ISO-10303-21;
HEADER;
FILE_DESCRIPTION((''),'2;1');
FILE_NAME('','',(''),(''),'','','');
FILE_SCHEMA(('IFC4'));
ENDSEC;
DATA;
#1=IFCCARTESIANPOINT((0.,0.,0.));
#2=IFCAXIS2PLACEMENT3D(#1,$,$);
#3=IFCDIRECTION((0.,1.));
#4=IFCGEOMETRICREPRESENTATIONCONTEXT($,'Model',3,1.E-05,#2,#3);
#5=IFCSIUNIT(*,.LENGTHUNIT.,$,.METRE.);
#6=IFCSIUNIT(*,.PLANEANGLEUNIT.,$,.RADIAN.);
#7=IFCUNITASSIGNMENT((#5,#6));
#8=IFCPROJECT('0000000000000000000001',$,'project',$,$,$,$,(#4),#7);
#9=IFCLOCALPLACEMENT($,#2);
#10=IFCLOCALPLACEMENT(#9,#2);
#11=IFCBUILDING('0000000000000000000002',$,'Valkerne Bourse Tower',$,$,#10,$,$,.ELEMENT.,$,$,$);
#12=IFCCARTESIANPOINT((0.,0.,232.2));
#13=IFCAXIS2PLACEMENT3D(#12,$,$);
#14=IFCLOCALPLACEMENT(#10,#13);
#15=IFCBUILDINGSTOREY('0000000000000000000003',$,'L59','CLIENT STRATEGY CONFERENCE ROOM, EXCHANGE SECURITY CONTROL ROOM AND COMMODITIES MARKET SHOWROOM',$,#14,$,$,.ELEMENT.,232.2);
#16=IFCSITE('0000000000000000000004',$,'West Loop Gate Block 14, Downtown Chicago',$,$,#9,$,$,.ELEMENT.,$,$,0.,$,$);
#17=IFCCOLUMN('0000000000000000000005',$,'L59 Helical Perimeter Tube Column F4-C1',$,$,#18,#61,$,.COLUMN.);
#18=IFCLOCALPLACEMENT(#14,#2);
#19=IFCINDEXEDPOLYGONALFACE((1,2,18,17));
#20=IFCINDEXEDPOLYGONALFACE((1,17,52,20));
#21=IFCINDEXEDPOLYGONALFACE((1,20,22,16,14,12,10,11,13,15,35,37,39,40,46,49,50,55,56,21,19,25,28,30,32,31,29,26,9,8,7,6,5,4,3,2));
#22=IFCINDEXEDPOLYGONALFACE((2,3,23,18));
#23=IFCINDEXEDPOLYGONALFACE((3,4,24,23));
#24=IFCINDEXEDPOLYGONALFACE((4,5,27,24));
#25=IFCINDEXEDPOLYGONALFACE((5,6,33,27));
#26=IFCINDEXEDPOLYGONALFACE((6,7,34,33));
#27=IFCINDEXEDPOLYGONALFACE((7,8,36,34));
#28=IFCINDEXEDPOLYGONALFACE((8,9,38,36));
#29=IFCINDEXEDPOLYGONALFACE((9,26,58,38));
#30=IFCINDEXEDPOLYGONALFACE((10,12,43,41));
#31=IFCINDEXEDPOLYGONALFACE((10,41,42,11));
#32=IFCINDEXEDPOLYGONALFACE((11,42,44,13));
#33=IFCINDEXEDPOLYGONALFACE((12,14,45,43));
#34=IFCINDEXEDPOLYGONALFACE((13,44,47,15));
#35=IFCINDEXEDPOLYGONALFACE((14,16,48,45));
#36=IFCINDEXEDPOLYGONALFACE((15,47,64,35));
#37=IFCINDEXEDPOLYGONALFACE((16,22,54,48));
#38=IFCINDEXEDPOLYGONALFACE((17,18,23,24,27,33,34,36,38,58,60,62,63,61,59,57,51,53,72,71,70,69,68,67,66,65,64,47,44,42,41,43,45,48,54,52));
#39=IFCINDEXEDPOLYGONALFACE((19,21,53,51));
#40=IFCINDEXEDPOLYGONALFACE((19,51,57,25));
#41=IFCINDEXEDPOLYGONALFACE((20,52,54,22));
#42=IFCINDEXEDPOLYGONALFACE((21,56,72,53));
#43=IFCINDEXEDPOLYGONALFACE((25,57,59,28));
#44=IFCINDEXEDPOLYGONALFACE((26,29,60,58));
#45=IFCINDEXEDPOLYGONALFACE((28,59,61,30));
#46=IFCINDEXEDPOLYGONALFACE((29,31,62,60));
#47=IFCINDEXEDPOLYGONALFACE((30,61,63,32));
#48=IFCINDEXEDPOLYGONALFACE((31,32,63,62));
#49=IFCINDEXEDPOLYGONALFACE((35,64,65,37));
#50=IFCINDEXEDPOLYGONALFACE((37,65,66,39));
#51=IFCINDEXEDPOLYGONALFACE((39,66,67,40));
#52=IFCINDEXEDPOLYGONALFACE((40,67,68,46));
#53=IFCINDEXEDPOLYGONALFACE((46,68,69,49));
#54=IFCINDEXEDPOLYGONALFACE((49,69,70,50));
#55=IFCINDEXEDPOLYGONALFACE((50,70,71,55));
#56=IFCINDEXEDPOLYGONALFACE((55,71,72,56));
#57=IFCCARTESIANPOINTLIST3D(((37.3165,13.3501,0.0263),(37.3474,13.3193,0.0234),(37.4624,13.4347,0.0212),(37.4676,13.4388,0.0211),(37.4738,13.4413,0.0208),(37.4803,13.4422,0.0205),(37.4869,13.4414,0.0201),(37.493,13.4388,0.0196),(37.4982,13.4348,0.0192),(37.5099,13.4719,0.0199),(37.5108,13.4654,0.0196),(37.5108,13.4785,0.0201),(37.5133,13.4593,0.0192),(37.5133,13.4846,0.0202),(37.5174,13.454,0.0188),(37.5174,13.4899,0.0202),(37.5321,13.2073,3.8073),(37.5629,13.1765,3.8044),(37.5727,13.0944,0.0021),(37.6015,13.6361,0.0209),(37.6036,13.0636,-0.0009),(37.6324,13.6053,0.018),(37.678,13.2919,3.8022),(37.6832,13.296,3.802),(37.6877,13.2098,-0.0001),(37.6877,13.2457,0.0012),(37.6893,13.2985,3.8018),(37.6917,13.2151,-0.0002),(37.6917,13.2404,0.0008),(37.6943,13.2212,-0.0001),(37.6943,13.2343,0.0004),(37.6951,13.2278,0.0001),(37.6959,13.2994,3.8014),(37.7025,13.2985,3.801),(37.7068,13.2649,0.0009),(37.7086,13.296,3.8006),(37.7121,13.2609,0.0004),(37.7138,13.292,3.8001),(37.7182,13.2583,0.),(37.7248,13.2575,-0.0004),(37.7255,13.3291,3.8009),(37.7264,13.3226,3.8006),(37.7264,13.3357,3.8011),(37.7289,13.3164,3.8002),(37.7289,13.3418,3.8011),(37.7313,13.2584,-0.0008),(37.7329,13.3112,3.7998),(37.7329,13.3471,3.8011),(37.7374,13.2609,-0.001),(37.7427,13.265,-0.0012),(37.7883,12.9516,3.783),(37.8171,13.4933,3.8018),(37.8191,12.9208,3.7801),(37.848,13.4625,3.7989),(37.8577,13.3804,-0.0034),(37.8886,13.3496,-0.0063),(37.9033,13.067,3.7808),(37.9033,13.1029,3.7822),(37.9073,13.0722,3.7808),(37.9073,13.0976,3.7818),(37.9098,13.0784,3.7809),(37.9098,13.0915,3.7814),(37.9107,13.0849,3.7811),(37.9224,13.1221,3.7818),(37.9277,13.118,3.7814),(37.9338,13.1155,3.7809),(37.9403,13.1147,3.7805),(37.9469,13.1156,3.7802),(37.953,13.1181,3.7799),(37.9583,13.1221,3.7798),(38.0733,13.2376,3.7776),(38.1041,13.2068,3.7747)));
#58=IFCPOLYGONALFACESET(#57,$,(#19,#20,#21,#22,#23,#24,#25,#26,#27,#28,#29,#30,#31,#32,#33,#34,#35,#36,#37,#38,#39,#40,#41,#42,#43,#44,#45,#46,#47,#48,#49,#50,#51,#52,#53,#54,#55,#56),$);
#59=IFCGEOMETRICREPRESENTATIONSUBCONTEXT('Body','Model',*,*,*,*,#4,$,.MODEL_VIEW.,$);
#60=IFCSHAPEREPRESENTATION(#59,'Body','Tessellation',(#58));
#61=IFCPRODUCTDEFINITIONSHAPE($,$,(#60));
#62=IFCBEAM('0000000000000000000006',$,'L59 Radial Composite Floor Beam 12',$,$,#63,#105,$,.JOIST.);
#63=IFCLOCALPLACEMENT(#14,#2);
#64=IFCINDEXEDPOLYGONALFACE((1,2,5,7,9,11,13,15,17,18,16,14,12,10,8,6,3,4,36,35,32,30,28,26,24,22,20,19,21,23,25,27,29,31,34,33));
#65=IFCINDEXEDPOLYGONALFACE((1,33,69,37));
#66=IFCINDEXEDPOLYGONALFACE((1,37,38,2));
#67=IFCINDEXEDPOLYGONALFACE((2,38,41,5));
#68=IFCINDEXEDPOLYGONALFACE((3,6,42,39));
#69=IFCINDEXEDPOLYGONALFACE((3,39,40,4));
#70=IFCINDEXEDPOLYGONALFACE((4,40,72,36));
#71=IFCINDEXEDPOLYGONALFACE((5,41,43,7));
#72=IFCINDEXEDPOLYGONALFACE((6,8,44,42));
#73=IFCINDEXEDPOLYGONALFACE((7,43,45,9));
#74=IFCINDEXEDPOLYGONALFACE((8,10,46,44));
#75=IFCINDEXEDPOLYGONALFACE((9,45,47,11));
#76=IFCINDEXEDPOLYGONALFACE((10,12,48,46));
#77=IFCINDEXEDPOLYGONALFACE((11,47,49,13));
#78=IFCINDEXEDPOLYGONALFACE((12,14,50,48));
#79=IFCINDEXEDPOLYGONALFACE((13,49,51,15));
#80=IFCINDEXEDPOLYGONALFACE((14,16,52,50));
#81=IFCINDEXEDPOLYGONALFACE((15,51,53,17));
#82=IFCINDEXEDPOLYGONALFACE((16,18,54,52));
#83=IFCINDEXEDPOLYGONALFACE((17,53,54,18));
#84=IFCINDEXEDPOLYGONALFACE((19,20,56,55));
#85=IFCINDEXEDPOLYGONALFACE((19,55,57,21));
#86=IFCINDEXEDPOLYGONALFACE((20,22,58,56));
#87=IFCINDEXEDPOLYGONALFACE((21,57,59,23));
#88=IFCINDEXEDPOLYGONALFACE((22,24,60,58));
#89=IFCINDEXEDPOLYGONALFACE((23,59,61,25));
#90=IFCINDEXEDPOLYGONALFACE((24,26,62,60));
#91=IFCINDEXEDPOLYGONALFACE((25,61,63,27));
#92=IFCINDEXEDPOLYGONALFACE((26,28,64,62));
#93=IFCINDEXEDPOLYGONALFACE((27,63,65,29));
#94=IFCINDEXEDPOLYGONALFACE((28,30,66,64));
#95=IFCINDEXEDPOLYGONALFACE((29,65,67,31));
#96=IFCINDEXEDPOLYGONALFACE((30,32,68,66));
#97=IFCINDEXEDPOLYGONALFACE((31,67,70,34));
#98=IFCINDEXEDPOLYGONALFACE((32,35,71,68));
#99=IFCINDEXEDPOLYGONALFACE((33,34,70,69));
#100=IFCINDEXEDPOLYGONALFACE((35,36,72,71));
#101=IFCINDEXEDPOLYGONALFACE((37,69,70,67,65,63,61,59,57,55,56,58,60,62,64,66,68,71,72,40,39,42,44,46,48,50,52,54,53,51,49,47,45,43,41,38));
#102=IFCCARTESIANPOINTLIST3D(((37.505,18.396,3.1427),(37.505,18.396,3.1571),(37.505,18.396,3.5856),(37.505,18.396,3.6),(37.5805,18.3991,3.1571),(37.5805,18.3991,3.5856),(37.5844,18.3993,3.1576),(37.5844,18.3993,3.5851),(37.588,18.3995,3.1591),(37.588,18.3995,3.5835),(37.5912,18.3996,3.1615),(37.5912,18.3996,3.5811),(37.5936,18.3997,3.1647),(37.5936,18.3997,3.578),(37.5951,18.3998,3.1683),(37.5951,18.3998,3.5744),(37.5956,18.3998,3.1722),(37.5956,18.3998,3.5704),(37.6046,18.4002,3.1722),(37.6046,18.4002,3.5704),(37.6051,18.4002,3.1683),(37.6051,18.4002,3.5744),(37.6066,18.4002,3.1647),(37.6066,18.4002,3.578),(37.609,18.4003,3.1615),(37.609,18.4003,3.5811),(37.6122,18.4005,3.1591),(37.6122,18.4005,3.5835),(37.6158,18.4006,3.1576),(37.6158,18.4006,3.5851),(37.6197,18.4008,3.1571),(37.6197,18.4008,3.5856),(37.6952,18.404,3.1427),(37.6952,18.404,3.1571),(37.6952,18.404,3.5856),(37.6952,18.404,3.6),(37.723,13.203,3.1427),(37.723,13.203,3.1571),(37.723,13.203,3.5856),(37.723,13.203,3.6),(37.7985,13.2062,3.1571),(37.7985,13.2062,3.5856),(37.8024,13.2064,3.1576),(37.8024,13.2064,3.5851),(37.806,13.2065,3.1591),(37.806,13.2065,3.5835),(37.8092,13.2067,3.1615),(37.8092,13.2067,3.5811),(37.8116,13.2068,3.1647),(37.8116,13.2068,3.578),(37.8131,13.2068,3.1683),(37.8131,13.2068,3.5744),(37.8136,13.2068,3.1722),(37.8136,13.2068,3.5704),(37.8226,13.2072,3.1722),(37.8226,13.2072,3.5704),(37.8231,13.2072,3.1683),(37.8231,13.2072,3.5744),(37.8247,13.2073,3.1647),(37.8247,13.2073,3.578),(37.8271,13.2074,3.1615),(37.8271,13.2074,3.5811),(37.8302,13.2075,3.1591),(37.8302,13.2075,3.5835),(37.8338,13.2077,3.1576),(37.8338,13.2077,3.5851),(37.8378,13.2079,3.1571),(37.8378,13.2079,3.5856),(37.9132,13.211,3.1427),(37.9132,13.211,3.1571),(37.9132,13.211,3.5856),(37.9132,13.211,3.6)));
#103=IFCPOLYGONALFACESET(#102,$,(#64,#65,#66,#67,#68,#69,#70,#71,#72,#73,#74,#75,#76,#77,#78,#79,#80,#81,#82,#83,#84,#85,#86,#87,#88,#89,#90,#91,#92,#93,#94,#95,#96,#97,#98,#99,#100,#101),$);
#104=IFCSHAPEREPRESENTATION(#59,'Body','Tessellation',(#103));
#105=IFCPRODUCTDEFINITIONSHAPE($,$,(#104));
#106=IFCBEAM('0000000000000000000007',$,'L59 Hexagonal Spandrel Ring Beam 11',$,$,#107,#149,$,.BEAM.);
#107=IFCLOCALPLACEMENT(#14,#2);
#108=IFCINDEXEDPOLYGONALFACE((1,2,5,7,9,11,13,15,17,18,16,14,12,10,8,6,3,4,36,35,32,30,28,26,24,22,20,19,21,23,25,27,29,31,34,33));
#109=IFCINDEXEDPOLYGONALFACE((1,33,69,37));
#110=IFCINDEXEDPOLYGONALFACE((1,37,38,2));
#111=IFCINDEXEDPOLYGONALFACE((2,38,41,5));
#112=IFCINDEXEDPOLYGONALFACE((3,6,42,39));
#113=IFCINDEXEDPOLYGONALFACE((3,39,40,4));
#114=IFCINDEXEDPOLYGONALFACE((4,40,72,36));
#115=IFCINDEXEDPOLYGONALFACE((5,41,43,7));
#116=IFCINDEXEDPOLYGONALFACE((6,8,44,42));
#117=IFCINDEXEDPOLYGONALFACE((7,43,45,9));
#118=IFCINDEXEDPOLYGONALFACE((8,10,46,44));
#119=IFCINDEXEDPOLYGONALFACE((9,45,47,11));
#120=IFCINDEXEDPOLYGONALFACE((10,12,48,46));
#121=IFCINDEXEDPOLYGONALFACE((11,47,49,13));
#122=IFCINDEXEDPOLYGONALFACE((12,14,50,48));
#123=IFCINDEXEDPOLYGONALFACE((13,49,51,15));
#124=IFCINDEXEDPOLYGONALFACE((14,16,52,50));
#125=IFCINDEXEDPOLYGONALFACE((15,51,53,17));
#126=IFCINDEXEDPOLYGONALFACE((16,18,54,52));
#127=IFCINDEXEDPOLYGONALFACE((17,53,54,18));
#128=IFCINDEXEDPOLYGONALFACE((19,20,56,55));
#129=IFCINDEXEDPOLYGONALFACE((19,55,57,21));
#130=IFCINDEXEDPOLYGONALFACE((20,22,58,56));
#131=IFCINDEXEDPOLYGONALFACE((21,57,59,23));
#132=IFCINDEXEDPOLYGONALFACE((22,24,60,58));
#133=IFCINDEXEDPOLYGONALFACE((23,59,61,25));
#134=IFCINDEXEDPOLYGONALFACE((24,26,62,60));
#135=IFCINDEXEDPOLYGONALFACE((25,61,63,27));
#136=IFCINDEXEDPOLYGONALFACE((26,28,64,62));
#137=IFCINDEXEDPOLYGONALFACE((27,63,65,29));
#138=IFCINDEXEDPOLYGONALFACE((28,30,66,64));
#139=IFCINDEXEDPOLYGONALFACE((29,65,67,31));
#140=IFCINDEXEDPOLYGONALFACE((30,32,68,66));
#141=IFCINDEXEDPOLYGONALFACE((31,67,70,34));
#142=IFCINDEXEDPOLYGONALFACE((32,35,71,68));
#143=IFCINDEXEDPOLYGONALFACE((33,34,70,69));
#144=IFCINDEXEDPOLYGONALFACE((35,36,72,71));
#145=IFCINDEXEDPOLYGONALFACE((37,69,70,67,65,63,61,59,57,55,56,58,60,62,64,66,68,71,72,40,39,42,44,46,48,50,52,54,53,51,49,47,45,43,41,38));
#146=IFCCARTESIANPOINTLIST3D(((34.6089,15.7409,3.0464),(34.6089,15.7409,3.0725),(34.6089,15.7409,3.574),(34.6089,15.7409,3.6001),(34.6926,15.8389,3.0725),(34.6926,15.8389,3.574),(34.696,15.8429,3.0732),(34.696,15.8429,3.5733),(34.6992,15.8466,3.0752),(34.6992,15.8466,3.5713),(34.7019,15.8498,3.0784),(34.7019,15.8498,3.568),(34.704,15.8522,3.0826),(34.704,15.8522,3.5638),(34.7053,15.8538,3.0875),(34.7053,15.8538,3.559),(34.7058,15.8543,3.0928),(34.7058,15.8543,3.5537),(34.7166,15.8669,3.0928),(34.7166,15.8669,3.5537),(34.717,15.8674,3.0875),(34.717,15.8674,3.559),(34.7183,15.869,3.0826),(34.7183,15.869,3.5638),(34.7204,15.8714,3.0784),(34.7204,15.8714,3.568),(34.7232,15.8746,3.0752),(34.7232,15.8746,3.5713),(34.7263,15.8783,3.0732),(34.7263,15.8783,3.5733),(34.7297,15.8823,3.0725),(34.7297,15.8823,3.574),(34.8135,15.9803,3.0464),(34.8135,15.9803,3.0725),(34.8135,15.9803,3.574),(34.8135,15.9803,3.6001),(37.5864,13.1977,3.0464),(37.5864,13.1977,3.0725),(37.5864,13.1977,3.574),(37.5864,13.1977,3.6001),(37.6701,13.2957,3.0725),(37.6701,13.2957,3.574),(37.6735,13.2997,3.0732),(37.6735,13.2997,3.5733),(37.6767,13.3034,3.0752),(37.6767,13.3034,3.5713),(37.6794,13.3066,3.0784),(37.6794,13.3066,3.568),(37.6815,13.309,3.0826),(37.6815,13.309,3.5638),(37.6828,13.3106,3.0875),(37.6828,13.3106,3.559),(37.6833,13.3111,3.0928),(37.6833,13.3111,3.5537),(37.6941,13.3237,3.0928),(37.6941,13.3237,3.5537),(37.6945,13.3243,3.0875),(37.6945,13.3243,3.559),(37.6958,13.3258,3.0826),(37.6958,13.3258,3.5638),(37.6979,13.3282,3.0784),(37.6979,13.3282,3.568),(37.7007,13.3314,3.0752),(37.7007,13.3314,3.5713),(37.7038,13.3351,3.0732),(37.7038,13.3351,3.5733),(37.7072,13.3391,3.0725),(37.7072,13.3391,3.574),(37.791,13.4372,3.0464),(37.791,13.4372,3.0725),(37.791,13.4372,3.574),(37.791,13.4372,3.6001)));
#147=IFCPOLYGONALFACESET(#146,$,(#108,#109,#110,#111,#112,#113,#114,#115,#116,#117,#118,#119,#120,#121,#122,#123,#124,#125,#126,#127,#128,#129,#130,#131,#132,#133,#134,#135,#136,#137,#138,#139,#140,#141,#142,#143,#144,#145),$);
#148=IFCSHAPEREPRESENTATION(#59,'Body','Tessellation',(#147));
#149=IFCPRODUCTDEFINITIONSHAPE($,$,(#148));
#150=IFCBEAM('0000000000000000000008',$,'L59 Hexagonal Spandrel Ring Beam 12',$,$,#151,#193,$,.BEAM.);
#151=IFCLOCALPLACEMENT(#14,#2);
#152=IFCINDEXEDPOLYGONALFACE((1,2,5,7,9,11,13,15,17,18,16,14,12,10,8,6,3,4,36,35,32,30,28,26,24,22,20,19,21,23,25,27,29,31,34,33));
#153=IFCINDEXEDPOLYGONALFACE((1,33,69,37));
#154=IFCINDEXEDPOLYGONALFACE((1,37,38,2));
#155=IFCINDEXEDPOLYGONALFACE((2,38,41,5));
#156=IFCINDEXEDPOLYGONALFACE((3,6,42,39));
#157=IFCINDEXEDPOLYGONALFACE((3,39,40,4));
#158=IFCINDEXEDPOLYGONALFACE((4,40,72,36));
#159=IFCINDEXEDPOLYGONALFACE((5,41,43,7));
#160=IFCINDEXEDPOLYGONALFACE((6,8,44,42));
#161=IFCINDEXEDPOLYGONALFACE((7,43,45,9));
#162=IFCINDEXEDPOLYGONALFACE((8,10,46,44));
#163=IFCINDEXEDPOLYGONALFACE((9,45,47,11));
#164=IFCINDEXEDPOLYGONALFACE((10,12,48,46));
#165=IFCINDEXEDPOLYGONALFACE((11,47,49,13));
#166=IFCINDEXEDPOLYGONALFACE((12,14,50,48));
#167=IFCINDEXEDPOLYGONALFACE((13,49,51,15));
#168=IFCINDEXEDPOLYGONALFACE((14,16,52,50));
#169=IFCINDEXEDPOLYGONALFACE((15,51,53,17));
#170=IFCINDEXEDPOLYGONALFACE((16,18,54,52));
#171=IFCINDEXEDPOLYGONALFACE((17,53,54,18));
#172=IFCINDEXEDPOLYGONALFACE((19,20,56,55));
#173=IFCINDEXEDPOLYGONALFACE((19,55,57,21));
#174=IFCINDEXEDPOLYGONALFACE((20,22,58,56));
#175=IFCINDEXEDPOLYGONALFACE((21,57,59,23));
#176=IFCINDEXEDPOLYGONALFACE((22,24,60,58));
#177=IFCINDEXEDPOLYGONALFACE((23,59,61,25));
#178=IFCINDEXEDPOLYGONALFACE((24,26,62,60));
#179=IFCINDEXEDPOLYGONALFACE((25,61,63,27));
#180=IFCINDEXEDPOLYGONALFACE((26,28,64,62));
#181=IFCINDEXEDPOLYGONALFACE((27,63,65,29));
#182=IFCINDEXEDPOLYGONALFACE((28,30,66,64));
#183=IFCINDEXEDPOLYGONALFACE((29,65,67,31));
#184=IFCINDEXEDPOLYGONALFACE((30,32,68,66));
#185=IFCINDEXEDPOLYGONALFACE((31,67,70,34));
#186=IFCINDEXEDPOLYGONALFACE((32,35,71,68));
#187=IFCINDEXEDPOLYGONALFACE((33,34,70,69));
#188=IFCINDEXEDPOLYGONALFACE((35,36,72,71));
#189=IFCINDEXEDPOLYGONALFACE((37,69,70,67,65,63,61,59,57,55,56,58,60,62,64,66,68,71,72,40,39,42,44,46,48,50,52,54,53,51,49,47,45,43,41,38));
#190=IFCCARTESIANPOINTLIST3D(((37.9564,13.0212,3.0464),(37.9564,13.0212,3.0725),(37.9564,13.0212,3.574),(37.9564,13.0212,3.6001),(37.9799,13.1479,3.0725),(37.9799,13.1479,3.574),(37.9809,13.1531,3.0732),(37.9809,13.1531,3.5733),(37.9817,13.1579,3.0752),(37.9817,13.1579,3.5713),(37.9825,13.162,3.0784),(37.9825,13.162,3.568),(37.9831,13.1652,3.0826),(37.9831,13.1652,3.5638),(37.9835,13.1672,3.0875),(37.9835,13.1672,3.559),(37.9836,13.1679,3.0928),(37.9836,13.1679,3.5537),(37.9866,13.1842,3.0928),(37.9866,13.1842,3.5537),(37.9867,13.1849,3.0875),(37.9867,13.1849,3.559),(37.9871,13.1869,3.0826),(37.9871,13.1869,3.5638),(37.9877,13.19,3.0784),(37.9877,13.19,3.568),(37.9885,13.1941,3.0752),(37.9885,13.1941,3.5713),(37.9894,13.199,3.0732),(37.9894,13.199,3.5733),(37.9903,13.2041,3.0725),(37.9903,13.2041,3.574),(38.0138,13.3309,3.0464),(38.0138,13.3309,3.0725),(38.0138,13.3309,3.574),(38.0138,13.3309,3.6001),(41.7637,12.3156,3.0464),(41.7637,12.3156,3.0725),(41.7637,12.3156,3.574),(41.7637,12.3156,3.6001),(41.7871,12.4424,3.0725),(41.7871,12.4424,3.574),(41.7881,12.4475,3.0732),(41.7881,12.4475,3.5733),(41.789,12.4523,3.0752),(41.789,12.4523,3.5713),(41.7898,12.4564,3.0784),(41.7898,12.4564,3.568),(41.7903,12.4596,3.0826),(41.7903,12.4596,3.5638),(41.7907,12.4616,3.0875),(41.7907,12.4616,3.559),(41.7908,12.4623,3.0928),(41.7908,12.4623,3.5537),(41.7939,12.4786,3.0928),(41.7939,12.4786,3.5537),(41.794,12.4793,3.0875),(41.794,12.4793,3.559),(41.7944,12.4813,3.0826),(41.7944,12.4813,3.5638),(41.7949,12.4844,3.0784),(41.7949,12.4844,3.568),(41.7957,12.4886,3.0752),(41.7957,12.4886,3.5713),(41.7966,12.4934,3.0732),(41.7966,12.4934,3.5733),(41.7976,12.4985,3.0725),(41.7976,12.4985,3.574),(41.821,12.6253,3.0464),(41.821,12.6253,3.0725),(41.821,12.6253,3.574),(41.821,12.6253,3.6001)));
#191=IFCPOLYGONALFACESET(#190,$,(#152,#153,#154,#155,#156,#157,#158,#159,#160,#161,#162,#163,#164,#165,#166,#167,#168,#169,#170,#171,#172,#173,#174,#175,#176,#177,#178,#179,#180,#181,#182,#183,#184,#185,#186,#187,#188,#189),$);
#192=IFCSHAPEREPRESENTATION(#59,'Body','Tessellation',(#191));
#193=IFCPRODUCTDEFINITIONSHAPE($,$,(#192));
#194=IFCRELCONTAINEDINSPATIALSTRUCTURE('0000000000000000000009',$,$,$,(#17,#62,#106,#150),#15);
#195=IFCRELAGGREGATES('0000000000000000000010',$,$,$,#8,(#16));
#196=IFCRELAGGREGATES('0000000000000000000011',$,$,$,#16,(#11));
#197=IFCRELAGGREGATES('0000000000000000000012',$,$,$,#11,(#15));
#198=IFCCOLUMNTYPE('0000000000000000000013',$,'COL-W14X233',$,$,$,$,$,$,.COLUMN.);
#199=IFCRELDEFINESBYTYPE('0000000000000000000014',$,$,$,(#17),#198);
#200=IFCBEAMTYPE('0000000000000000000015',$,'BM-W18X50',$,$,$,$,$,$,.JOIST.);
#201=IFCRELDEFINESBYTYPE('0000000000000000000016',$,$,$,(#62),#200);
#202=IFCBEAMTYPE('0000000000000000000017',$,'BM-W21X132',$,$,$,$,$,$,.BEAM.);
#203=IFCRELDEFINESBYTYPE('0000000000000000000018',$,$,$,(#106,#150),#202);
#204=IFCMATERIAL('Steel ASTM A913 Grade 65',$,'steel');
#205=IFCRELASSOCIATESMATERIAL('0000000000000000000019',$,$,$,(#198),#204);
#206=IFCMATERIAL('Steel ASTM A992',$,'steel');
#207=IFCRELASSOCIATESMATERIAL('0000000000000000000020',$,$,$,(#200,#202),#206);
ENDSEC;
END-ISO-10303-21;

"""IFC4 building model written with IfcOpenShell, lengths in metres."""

from ifc_helpers import new_model, si_unit, direction, frame, origin, origin_2d, place, context, subcontext, project, spatial, i_section, extrude, material, material_profile, profile_set, type_object, element, save


model = new_model("IFC4")

# Units and contexts
model_context = context("Model", 3, precision=1e-05, world=origin(), true_north=direction((0.0, 1.0)))
body_context = subcontext(model_context, "Body", "Model", "MODEL_VIEW")
ifc_project = project(units=[si_unit("LENGTHUNIT", "METRE"), si_unit("PLANEANGLEUNIT", "RADIAN")], contexts=[model_context])

# Site, building, storey
site_placement = place(None, origin())
site = spatial("IfcSite", under=ifc_project, at=site_placement, Name="West Loop Gate Block 14, Downtown Chicago", CompositionType="ELEMENT", RefElevation=0.0)
building_placement = place(site_placement, origin())
building = spatial("IfcBuilding", under=site, at=building_placement, Name="Valkerne Bourse Tower", CompositionType="ELEMENT")
storey_placement = place(building_placement, frame((0.0, 0.0, 232.2)))
storey = spatial("IfcBuildingStorey", under=building, at=storey_placement, Name="L59", Description="CLIENT STRATEGY CONFERENCE ROOM, EXCHANGE SECURITY CONTROL ROOM AND COMMODITIES MARKET SHOWROOM", CompositionType="ELEMENT", Elevation=232.2)

# Column
ifc_material_1 = material(Name="Steel ASTM A913 Grade 65", Category="steel")
ifc_material_profile_1 = material_profile(ifc_material_1, i_section(OverallWidth=0.4038, OverallDepth=0.4065, WebThickness=0.0271, FlangeThickness=0.0437, FilletRadius=0.0254, at=origin_2d()), Name="W14X233")
ifc_profile_set_1 = profile_set([ifc_material_profile_1], Name="Steel ASTM A913 Grade 65")
column_type = type_object("IfcColumnType", Name="COL-W14X233", PredefinedType="COLUMN", material=ifc_profile_set_1)
column_placement = place(storey_placement, frame((37.6025, 13.3499, 0.01), z_axis=(0.056883, -0.037686, 0.997669), x_axis=(0.705797, 0.708286, -0.013487)))
element("IfcColumn", 1, at=column_placement, inside=storey, type_object=column_type, Name="L59 Helical Perimeter Tube Column F4-C1", PredefinedType="COLUMN", context=body_context, shape_type="SweptSolid", body=[
    extrude(i_section(OverallWidth=0.4038, OverallDepth=0.4065, WebThickness=0.0271, FlangeThickness=0.0437, FilletRadius=0.0254, at=origin_2d()), origin(), (0.0, 0.0, 1.0), 3.7898),
])

# Beams
ifc_material_2 = material(Name="Steel ASTM A992", Category="steel")
ifc_material_profile_2 = material_profile(ifc_material_2, i_section(OverallWidth=0.1904, OverallDepth=0.4573, WebThickness=0.009, FlangeThickness=0.0144, FilletRadius=0.0151, at=origin_2d()), Name="W18X50")
ifc_profile_set_2 = profile_set([ifc_material_profile_2], Name="Steel ASTM A992")
beam_type_1 = type_object("IfcBeamType", Name="BM-W18X50", PredefinedType="JOIST", material=ifc_profile_set_2)
beam_1_placement = place(storey_placement, frame((37.8181, 13.207, 3.3713), z_axis=(-0.041947, 0.99912, 0.0), x_axis=(-0.99912, -0.041947, 0.0)))
element("IfcBeam", 2, at=beam_1_placement, inside=storey, type_object=beam_type_1, Name="L59 Radial Composite Floor Beam 12", PredefinedType="JOIST", context=body_context, shape_type="SweptSolid", body=[
    extrude(i_section(OverallWidth=0.1904, OverallDepth=0.4573, WebThickness=0.009, FlangeThickness=0.0144, FilletRadius=0.0151, at=origin_2d()), origin(), (0.0, 0.0, 1.0), 5.1975),
])
ifc_material_profile_3 = material_profile(ifc_material_2, i_section(OverallWidth=0.3149, OverallDepth=0.5537, WebThickness=0.0166, FlangeThickness=0.0261, FilletRadius=0.0203, at=origin_2d()), Name="W21X132")
ifc_profile_set_3 = profile_set([ifc_material_profile_3], Name="Steel ASTM A992")
beam_type_2 = type_object("IfcBeamType", Name="BM-W21X132", PredefinedType="BEAM", material=ifc_profile_set_3)
beam_2_placement = place(storey_placement, frame((34.7112, 15.8606, 3.3232), z_axis=(0.760387, -0.649471, 0.0), x_axis=(0.649471, 0.760387, 0.0)))
element("IfcBeam", 3, at=beam_2_placement, inside=storey, type_object=beam_type_2, Name="L59 Hexagonal Spandrel Ring Beam 11", PredefinedType="BEAM", context=body_context, shape_type="SweptSolid", body=[
    extrude(i_section(OverallWidth=0.3149, OverallDepth=0.5537, WebThickness=0.0166, FlangeThickness=0.0261, FilletRadius=0.0203, at=origin_2d()), origin(), (0.0, 0.0, 1.0), 3.9158),
])
beam_3_placement = place(storey_placement, frame((37.9851, 13.176, 3.3232), z_axis=(0.983257, -0.182225, 0.0), x_axis=(0.182225, 0.983257, 0.0)))
element("IfcBeam", 4, at=beam_3_placement, inside=storey, type_object=beam_type_2, Name="L59 Hexagonal Spandrel Ring Beam 12", PredefinedType="BEAM", context=body_context, shape_type="SweptSolid", body=[
    extrude(i_section(OverallWidth=0.3149, OverallDepth=0.5537, WebThickness=0.0166, FlangeThickness=0.0261, FilletRadius=0.0203, at=origin_2d()), origin(), (0.0, 0.0, 1.0), 3.8721),
])

save(model, "model.ifc")
